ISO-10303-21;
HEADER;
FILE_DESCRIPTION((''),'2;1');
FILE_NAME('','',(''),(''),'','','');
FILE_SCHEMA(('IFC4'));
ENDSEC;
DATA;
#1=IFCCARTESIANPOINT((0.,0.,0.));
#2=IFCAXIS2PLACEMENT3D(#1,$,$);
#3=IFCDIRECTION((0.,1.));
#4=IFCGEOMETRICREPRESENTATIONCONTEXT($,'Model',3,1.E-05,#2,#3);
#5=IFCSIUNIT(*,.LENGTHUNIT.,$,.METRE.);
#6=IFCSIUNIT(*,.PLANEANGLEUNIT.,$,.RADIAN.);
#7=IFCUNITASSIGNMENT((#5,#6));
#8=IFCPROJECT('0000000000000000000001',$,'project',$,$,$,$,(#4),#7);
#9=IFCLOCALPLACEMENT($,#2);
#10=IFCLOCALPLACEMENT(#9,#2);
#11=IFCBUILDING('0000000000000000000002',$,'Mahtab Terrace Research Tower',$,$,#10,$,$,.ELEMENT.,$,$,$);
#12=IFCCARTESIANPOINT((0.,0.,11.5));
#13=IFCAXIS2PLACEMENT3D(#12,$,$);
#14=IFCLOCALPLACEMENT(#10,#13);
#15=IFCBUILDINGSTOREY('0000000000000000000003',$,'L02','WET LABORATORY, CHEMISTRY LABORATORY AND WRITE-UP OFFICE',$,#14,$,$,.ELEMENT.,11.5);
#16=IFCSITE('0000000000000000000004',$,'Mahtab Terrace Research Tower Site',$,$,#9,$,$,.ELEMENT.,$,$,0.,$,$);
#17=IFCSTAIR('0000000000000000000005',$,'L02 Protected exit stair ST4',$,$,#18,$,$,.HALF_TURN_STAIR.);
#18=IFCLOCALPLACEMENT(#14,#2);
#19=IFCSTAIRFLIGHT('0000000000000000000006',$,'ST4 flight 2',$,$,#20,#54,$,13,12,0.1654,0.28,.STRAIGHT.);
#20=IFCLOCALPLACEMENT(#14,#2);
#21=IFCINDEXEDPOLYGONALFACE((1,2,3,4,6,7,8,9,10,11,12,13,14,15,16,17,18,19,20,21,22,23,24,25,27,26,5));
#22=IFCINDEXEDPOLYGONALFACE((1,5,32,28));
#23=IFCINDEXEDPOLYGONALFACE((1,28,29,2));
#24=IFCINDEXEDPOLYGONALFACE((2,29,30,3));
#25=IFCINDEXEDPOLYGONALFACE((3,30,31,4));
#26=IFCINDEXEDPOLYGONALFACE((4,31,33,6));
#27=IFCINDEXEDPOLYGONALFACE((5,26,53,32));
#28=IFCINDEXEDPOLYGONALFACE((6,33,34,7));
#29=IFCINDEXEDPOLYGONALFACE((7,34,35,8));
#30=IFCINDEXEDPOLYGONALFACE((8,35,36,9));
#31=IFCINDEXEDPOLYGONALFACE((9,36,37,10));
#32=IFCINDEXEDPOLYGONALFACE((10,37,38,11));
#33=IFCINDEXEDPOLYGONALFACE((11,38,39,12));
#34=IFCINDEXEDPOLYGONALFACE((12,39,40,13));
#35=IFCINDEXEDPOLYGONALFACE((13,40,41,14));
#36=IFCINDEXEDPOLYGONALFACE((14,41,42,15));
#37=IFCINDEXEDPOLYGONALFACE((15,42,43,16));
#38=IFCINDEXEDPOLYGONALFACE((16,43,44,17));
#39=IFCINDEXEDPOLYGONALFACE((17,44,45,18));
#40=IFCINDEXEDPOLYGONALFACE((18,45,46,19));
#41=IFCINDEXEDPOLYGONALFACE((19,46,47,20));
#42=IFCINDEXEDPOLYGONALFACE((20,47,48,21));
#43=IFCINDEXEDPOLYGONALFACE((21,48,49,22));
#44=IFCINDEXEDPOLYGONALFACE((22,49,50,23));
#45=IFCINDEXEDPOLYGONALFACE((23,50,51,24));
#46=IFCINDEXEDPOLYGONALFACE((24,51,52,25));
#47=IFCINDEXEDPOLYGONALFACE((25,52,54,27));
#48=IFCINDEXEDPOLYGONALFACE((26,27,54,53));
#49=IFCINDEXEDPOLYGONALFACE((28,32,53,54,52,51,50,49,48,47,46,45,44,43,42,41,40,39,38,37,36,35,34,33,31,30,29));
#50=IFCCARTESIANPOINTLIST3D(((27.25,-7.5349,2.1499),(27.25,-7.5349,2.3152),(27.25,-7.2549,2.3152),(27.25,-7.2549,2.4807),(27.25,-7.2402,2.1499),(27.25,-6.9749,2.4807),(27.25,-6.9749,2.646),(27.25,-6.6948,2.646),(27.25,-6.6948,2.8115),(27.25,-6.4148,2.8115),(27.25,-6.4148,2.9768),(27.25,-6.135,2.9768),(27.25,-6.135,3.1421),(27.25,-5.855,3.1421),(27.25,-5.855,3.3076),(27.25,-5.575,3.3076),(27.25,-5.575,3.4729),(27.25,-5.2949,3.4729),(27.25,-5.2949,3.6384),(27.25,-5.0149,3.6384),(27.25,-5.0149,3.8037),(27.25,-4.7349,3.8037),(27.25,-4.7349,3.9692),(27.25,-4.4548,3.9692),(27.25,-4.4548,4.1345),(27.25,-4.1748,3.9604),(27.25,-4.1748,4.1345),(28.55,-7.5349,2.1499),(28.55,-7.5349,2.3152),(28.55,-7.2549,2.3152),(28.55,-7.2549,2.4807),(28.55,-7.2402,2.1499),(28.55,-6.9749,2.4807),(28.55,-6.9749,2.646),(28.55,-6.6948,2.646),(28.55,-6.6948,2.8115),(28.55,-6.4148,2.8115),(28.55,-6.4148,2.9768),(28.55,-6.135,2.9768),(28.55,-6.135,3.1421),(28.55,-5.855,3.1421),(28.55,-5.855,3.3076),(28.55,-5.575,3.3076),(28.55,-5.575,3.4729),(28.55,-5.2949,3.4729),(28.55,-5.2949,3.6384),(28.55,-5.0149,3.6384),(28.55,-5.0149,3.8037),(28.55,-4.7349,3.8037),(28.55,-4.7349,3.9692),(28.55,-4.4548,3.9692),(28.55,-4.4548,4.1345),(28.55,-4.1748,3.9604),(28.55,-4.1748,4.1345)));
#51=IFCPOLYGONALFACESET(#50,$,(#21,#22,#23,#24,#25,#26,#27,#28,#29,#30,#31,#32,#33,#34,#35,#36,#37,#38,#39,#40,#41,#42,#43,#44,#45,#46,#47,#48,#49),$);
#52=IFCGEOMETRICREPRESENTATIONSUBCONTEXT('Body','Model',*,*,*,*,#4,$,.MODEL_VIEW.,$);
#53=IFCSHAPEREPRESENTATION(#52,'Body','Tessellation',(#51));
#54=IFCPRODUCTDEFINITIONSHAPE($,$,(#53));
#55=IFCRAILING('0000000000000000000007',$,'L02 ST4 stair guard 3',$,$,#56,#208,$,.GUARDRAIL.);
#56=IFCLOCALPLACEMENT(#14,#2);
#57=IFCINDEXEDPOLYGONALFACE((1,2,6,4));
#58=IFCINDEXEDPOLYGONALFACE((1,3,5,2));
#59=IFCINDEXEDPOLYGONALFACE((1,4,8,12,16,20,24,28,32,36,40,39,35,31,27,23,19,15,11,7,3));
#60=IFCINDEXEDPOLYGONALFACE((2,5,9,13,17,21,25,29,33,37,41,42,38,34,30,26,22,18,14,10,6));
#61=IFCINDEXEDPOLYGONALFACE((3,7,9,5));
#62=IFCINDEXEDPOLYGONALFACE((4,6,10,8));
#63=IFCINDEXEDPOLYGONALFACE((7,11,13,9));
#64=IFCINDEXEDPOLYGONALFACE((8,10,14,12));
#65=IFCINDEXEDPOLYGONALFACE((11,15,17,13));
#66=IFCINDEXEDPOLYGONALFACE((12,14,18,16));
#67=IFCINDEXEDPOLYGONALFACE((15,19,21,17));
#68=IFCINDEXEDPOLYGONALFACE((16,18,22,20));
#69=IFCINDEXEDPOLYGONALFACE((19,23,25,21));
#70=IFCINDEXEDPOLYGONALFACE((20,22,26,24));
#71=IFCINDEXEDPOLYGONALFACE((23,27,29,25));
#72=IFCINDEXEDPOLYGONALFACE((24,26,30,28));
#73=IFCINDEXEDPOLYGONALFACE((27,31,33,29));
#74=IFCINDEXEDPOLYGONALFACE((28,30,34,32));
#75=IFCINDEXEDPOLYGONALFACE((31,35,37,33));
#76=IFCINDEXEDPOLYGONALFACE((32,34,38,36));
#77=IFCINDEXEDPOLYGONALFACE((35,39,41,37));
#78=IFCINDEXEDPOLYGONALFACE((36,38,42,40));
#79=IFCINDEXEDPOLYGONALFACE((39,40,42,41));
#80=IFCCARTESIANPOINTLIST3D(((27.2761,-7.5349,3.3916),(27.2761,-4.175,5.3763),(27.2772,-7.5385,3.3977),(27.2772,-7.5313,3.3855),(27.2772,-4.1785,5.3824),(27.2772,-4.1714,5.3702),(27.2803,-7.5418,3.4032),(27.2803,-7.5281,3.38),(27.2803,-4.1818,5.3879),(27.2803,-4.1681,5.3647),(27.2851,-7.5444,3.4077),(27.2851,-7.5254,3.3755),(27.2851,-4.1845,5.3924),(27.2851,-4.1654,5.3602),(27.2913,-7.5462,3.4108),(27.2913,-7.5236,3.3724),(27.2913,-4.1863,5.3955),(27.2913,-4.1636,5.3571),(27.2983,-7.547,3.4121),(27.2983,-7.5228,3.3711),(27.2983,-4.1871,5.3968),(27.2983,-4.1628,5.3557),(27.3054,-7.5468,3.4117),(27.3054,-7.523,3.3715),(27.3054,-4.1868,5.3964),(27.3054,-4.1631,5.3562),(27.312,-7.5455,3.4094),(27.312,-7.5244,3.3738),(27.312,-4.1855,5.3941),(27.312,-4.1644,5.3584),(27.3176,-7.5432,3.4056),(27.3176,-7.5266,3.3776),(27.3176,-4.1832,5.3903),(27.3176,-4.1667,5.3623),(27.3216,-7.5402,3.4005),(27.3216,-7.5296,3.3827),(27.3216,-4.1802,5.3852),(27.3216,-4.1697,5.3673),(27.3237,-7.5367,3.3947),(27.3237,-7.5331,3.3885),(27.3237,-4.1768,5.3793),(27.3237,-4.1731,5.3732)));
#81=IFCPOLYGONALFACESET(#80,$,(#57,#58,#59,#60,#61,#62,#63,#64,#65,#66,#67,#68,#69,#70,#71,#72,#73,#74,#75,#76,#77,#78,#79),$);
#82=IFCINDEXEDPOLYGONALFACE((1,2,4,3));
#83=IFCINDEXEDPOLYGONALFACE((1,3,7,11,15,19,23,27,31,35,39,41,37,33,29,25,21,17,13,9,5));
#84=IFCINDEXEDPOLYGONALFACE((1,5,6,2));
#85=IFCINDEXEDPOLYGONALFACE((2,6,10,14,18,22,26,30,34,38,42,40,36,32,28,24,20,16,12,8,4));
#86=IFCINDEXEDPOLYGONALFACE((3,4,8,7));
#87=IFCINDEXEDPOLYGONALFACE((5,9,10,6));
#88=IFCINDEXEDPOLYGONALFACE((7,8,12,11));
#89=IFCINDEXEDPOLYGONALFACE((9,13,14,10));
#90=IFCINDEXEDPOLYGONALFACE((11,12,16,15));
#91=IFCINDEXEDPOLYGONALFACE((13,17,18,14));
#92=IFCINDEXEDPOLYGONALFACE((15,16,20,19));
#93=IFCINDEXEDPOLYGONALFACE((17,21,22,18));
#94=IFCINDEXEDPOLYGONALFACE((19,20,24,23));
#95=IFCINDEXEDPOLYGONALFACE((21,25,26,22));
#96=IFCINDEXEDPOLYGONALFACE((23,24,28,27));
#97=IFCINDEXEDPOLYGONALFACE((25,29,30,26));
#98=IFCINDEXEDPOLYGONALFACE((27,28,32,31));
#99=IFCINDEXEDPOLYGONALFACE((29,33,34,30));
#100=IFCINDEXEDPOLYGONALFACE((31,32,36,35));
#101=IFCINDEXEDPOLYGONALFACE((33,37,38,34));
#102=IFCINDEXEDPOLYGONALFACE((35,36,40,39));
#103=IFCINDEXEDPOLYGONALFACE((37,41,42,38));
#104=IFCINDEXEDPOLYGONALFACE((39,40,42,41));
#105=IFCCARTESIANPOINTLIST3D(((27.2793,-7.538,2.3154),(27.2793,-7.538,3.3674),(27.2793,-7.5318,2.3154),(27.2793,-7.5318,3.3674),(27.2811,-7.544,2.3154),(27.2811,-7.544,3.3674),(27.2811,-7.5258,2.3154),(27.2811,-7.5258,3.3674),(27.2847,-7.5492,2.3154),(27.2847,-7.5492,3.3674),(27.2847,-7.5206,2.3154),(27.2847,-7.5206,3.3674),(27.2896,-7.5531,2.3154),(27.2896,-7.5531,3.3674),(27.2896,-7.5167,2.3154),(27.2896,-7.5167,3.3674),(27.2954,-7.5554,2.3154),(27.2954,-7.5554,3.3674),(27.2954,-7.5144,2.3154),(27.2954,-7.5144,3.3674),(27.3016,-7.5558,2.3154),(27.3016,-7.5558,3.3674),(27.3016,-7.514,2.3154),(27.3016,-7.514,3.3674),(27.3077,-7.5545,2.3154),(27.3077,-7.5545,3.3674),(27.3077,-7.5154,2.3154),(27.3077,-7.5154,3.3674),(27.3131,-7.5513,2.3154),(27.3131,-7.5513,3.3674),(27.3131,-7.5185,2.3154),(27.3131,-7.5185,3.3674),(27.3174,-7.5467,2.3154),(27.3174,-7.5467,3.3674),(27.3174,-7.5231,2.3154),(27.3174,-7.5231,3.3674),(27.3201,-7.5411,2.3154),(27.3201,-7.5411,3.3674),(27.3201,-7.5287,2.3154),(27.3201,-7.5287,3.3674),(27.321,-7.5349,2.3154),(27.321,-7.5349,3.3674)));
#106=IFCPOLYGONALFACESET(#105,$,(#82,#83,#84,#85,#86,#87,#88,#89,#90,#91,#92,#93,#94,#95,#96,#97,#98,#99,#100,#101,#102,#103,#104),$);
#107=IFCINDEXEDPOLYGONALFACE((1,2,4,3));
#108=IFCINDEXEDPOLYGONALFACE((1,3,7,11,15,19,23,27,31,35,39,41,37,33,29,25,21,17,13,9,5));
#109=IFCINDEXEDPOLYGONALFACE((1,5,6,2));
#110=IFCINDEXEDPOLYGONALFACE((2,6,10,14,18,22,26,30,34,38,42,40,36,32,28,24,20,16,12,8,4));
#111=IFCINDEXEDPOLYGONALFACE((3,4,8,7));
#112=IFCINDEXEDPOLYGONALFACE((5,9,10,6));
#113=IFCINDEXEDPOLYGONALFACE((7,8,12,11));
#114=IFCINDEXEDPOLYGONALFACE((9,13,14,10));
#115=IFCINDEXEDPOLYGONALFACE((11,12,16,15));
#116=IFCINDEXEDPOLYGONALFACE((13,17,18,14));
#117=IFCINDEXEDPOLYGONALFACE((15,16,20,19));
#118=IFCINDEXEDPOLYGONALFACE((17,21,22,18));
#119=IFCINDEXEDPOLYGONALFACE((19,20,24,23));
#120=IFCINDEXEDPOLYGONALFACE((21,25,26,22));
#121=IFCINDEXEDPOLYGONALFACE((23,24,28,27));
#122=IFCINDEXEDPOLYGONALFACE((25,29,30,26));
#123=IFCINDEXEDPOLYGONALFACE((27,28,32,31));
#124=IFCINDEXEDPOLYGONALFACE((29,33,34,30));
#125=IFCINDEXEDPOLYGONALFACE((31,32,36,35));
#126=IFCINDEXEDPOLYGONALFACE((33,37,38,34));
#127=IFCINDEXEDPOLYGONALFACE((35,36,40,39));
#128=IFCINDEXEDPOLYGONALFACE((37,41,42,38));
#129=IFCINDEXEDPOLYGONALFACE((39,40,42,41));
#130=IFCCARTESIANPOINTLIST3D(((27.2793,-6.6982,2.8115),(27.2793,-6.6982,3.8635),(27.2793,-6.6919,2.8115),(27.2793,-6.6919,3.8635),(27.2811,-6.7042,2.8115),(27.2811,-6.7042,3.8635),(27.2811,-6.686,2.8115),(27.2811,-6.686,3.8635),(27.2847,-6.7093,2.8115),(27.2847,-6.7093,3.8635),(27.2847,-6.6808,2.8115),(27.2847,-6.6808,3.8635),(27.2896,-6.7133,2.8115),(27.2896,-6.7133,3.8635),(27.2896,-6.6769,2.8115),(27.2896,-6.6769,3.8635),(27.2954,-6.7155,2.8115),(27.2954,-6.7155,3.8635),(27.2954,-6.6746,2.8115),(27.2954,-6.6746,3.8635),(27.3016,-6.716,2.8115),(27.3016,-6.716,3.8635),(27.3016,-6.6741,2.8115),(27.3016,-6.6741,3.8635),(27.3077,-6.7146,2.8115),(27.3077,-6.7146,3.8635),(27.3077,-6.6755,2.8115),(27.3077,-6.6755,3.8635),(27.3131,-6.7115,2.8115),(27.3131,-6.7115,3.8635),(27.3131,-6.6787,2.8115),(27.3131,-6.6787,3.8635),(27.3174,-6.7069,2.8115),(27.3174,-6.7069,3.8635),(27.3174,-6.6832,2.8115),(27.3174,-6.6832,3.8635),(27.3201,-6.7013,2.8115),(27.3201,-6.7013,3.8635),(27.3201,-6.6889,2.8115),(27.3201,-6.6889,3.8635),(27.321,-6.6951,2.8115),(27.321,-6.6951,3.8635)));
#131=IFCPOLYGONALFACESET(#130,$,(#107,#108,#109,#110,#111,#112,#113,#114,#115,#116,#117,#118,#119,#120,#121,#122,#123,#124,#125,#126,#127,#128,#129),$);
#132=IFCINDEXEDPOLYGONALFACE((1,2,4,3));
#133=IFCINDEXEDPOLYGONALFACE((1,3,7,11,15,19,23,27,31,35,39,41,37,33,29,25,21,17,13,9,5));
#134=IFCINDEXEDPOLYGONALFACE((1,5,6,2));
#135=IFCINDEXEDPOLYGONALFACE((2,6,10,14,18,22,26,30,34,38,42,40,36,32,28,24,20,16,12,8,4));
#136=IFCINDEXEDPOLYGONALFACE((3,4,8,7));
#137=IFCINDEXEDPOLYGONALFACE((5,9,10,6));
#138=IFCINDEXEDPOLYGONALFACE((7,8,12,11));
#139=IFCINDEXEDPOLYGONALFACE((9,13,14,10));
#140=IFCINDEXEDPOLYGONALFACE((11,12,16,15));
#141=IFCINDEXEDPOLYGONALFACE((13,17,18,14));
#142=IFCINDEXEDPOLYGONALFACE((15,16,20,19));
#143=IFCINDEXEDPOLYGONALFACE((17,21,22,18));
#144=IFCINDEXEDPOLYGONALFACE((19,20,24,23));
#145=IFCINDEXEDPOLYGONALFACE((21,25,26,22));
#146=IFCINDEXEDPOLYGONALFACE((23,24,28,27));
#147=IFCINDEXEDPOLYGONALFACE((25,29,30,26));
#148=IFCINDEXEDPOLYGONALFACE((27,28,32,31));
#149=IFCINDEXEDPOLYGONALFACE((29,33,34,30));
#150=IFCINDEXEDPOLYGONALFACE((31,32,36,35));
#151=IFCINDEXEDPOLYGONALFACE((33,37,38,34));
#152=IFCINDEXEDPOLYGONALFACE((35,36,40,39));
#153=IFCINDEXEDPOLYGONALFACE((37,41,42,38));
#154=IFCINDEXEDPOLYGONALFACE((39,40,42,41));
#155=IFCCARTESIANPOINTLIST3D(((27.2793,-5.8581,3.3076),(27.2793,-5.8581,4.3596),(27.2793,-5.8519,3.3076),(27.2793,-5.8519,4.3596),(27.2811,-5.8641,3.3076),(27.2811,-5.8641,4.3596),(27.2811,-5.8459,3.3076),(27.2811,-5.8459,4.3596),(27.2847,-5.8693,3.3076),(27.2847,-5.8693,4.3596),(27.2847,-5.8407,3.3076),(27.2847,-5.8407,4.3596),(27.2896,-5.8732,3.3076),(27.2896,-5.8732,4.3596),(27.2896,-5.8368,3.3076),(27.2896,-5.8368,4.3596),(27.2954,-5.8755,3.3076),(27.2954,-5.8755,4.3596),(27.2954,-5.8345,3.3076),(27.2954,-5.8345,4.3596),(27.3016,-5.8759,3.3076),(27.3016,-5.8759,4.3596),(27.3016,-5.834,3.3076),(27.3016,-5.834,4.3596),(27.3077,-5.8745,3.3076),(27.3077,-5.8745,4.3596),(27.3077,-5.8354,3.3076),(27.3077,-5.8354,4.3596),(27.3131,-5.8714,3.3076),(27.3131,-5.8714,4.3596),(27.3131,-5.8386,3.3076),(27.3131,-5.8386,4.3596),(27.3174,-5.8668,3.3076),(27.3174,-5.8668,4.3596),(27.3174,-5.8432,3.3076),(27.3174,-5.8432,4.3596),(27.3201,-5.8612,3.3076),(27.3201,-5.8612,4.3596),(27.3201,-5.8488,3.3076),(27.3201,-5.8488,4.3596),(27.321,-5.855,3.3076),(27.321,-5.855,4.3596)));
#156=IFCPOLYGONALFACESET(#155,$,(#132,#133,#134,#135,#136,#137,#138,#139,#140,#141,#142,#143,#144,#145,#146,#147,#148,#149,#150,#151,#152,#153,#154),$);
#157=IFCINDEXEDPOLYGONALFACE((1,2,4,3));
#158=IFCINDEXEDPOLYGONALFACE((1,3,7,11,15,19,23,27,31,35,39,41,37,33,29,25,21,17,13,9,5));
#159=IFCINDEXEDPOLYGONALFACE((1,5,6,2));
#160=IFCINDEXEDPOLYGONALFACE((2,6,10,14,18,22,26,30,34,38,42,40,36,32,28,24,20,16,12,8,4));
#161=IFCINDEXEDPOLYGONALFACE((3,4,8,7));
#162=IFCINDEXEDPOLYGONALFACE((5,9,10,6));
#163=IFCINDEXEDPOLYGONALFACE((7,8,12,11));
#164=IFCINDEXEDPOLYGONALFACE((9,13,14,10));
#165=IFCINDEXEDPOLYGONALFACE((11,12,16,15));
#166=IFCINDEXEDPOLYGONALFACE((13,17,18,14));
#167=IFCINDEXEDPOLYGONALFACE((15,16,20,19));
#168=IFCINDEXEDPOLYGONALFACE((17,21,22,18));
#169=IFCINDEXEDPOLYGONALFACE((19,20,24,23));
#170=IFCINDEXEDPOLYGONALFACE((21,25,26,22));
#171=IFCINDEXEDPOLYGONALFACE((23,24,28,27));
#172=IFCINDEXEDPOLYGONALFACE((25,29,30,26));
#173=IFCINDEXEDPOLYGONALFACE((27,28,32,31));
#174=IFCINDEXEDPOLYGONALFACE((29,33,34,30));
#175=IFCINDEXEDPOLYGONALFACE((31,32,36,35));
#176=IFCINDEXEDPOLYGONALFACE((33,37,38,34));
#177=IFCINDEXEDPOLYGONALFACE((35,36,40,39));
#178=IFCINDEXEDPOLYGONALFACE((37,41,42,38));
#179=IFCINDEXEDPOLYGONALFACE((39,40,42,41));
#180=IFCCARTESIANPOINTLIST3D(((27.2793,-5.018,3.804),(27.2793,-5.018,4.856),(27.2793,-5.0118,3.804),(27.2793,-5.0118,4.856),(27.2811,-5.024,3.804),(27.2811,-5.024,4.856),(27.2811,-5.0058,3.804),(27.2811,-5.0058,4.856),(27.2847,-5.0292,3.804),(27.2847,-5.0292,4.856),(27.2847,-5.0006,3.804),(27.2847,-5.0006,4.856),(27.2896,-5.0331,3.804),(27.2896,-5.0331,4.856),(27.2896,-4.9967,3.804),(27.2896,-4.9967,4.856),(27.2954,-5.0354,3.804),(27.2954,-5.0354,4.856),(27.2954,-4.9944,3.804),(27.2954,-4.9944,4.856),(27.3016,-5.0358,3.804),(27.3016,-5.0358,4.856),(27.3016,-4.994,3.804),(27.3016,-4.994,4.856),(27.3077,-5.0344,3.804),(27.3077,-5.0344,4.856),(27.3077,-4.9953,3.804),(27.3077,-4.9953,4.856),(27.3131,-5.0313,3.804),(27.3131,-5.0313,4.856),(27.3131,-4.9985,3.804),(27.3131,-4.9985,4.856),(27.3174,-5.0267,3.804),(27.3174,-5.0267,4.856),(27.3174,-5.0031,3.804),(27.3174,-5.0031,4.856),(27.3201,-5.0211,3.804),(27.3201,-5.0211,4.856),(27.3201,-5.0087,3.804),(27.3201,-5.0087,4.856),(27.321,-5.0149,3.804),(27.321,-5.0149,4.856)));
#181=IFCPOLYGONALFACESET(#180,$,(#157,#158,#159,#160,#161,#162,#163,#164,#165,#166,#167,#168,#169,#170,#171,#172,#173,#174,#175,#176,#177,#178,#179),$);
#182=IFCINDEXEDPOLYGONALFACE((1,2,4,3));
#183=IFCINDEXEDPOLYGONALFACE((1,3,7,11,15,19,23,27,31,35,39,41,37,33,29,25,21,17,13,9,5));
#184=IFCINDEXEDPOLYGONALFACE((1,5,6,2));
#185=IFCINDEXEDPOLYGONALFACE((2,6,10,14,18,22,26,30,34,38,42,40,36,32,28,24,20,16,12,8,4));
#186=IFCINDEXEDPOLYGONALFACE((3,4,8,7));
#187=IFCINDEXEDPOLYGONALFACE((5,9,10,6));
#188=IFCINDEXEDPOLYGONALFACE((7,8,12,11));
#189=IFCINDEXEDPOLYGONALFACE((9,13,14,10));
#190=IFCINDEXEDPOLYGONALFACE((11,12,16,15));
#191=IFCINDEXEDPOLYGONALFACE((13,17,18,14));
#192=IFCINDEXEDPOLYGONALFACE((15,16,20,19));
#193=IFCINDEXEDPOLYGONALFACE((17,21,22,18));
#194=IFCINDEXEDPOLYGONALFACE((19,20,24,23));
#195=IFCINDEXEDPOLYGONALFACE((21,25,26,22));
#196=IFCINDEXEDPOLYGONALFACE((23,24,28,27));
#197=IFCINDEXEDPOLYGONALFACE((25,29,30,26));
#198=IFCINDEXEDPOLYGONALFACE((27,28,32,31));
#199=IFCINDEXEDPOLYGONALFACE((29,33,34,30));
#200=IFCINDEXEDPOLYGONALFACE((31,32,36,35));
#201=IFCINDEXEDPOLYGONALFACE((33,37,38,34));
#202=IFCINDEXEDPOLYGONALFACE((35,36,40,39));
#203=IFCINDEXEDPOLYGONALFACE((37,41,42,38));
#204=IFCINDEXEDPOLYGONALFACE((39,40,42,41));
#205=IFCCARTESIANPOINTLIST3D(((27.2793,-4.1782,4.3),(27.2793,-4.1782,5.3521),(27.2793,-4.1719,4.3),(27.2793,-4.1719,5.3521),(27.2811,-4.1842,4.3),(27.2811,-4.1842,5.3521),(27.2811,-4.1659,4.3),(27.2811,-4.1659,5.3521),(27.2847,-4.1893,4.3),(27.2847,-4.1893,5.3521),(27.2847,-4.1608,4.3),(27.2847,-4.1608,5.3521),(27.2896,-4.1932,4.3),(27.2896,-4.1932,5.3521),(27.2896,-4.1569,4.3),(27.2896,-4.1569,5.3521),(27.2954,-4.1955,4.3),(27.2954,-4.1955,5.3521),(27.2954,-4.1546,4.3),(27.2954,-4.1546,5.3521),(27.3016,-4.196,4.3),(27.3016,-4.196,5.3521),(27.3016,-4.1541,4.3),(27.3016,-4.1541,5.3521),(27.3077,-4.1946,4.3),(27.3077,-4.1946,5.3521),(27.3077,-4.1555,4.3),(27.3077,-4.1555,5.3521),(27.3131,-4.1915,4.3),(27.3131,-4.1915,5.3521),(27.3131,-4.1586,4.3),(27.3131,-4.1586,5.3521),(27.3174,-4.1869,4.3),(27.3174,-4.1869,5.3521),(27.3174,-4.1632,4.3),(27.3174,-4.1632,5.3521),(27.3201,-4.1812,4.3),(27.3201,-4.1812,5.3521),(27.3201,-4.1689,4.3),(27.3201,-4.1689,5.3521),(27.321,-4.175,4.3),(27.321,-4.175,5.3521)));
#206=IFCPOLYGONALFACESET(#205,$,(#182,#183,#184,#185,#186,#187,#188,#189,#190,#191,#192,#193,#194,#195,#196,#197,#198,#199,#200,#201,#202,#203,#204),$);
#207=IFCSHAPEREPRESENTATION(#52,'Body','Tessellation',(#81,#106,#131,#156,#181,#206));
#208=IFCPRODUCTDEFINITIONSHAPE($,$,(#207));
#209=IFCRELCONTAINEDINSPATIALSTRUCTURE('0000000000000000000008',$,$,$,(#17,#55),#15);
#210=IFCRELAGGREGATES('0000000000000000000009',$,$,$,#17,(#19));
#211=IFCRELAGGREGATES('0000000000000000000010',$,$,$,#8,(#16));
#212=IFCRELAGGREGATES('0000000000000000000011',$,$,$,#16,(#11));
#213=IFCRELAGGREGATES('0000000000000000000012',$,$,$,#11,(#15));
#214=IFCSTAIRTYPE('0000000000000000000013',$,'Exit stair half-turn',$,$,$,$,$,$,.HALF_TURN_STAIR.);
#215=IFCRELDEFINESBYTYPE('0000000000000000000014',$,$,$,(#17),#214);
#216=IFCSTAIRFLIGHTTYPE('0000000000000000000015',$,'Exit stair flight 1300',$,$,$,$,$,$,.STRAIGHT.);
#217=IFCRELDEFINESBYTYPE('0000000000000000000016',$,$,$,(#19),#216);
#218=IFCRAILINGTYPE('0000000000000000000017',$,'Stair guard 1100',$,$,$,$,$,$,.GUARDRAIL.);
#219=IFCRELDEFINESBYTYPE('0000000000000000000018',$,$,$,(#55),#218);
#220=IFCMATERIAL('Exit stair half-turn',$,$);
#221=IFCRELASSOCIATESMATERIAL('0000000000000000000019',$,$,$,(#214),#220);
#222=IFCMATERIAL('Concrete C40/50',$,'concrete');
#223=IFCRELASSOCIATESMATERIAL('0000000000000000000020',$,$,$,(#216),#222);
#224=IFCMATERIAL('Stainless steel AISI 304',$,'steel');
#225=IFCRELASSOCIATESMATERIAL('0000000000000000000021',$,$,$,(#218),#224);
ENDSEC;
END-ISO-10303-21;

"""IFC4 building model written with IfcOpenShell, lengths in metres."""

from ifc_helpers import new_model, si_unit, direction, frame, origin, origin_2d, place, context, subcontext, project, spatial, polyline, circle, outline, extrude, material, type_object, element, aggregate, save


model = new_model("IFC4")

# Units and contexts
model_context = context("Model", 3, precision=1e-05, world=origin(), true_north=direction((0.0, 1.0)))
body_context = subcontext(model_context, "Body", "Model", "MODEL_VIEW")
ifc_project = project(units=[si_unit("LENGTHUNIT", "METRE"), si_unit("PLANEANGLEUNIT", "RADIAN")], contexts=[model_context])

# Site, building, storey
site_placement = place(None, origin())
site = spatial("IfcSite", under=ifc_project, at=site_placement, Name="Mahtab Terrace Research Tower Site", CompositionType="ELEMENT", RefElevation=0.0)
building_placement = place(site_placement, origin())
building = spatial("IfcBuilding", under=site, at=building_placement, Name="Mahtab Terrace Research Tower", CompositionType="ELEMENT")
storey_placement = place(building_placement, frame((0.0, 0.0, 11.5)))
storey = spatial("IfcBuildingStorey", under=building, at=storey_placement, Name="L02", Description="WET LABORATORY, CHEMISTRY LABORATORY AND WRITE-UP OFFICE", CompositionType="ELEMENT", Elevation=11.5)

# Stair, stair flight
ifc_material_1 = material(Name="Exit stair half-turn")
stair_type = type_object("IfcStairType", Name="Exit stair half-turn", PredefinedType="HALF_TURN_STAIR", material=ifc_material_1)
stair_placement = place(storey_placement, origin())
stair = element("IfcStair", 1, at=stair_placement, inside=storey, type_object=stair_type, Name="L02 Protected exit stair ST4", PredefinedType="HALF_TURN_STAIR")
ifc_material_2 = material(Name="Concrete C40/50", Category="concrete")
stair_flight_type = type_object("IfcStairFlightType", Name="Exit stair flight 1300", PredefinedType="STRAIGHT", material=ifc_material_2)
stair_flight_placement = place(storey_placement, frame((27.8999, -7.5349, 2.1499), z_axis=(0.0, 0.0, 1.0), x_axis=(0.0, 1.0, 0.0)))
stair_flight = element("IfcStairFlight", 2, at=stair_flight_placement, type_object=stair_flight_type, Name="ST4 flight 2", NumberOfRisers=13, NumberOfTreads=12, PredefinedType="STRAIGHT", RiserHeight=0.1654, TreadLength=0.28, context=body_context, shape_type="SweptSolid", body=[
    extrude(outline(polyline([(0.0, 0.0), (0.0, 0.1653), (0.28, 0.1653), (0.28, 0.3308), (0.5601, 0.3308), (0.5601, 0.4961), (0.8401, 0.4961), (0.8401, 0.6616), (1.1201, 0.6616), (1.1201, 0.8269), (1.3999, 0.8269), (1.3999, 0.9922), (1.6799, 0.9922), (1.6799, 1.1577), (1.96, 1.1577), (1.96, 1.323), (2.24, 1.323), (2.24, 1.4885), (2.52, 1.4885), (2.52, 1.6538), (2.8, 1.6538), (2.8, 1.8193), (3.0801, 1.8193), (3.0801, 1.9846), (3.3601, 1.9846), (3.3601, 2.1499), (3.3601, 1.8105), (0.2947, 0.0), (0.0, 0.0)])), frame((0.0, 0.6499, 0.0), z_axis=(0.0, -1.0, 0.0), x_axis=(1.0, 0.0, 0.0)), (0.0, 0.0, 1.0), 1.3),
])
aggregate(stair, [stair_flight])

# Railing
ifc_material_3 = material(Name="Stainless steel AISI 304", Category="steel")
railing_type_1 = type_object("IfcRailingType", Name="Stair guard 1100", PredefinedType="GUARDRAIL", material=ifc_material_3)
railing_1_placement = place(storey_placement, frame((27.3, -7.5349, 2.3154)))
element("IfcRailing", 3, at=railing_1_placement, inside=storey, type_object=railing_type_1, Name="L02 ST4 stair guard 3", PredefinedType="GUARDRAIL", context=body_context, shape_type="SweptSolid", body=[
    extrude(circle(Radius=0.0239, at=origin_2d()), frame((0.0, 0.0, 1.0762), z_axis=(0.0, 0.861011, 0.508586), x_axis=(-1.0, 0.0, 0.0)), (0.0, 0.0, 1.0), 3.9023),
    extrude(circle(Radius=0.021, at=origin_2d()), origin(), (0.0, 0.0, 1.0), 1.052),
    extrude(circle(Radius=0.021, at=origin_2d()), frame((0.0, 0.8398, 0.4961)), (0.0, 0.0, 1.0), 1.052),
    extrude(circle(Radius=0.021, at=origin_2d()), frame((0.0, 1.6799, 0.9922)), (0.0, 0.0, 1.0), 1.052),
    extrude(circle(Radius=0.021, at=origin_2d()), frame((0.0, 2.52, 1.4885)), (0.0, 0.0, 1.0), 1.052),
    extrude(circle(Radius=0.021, at=origin_2d()), frame((0.0, 3.3599, 1.9846)), (0.0, 0.0, 1.0), 1.052),
])

save(model, "model.ifc")
